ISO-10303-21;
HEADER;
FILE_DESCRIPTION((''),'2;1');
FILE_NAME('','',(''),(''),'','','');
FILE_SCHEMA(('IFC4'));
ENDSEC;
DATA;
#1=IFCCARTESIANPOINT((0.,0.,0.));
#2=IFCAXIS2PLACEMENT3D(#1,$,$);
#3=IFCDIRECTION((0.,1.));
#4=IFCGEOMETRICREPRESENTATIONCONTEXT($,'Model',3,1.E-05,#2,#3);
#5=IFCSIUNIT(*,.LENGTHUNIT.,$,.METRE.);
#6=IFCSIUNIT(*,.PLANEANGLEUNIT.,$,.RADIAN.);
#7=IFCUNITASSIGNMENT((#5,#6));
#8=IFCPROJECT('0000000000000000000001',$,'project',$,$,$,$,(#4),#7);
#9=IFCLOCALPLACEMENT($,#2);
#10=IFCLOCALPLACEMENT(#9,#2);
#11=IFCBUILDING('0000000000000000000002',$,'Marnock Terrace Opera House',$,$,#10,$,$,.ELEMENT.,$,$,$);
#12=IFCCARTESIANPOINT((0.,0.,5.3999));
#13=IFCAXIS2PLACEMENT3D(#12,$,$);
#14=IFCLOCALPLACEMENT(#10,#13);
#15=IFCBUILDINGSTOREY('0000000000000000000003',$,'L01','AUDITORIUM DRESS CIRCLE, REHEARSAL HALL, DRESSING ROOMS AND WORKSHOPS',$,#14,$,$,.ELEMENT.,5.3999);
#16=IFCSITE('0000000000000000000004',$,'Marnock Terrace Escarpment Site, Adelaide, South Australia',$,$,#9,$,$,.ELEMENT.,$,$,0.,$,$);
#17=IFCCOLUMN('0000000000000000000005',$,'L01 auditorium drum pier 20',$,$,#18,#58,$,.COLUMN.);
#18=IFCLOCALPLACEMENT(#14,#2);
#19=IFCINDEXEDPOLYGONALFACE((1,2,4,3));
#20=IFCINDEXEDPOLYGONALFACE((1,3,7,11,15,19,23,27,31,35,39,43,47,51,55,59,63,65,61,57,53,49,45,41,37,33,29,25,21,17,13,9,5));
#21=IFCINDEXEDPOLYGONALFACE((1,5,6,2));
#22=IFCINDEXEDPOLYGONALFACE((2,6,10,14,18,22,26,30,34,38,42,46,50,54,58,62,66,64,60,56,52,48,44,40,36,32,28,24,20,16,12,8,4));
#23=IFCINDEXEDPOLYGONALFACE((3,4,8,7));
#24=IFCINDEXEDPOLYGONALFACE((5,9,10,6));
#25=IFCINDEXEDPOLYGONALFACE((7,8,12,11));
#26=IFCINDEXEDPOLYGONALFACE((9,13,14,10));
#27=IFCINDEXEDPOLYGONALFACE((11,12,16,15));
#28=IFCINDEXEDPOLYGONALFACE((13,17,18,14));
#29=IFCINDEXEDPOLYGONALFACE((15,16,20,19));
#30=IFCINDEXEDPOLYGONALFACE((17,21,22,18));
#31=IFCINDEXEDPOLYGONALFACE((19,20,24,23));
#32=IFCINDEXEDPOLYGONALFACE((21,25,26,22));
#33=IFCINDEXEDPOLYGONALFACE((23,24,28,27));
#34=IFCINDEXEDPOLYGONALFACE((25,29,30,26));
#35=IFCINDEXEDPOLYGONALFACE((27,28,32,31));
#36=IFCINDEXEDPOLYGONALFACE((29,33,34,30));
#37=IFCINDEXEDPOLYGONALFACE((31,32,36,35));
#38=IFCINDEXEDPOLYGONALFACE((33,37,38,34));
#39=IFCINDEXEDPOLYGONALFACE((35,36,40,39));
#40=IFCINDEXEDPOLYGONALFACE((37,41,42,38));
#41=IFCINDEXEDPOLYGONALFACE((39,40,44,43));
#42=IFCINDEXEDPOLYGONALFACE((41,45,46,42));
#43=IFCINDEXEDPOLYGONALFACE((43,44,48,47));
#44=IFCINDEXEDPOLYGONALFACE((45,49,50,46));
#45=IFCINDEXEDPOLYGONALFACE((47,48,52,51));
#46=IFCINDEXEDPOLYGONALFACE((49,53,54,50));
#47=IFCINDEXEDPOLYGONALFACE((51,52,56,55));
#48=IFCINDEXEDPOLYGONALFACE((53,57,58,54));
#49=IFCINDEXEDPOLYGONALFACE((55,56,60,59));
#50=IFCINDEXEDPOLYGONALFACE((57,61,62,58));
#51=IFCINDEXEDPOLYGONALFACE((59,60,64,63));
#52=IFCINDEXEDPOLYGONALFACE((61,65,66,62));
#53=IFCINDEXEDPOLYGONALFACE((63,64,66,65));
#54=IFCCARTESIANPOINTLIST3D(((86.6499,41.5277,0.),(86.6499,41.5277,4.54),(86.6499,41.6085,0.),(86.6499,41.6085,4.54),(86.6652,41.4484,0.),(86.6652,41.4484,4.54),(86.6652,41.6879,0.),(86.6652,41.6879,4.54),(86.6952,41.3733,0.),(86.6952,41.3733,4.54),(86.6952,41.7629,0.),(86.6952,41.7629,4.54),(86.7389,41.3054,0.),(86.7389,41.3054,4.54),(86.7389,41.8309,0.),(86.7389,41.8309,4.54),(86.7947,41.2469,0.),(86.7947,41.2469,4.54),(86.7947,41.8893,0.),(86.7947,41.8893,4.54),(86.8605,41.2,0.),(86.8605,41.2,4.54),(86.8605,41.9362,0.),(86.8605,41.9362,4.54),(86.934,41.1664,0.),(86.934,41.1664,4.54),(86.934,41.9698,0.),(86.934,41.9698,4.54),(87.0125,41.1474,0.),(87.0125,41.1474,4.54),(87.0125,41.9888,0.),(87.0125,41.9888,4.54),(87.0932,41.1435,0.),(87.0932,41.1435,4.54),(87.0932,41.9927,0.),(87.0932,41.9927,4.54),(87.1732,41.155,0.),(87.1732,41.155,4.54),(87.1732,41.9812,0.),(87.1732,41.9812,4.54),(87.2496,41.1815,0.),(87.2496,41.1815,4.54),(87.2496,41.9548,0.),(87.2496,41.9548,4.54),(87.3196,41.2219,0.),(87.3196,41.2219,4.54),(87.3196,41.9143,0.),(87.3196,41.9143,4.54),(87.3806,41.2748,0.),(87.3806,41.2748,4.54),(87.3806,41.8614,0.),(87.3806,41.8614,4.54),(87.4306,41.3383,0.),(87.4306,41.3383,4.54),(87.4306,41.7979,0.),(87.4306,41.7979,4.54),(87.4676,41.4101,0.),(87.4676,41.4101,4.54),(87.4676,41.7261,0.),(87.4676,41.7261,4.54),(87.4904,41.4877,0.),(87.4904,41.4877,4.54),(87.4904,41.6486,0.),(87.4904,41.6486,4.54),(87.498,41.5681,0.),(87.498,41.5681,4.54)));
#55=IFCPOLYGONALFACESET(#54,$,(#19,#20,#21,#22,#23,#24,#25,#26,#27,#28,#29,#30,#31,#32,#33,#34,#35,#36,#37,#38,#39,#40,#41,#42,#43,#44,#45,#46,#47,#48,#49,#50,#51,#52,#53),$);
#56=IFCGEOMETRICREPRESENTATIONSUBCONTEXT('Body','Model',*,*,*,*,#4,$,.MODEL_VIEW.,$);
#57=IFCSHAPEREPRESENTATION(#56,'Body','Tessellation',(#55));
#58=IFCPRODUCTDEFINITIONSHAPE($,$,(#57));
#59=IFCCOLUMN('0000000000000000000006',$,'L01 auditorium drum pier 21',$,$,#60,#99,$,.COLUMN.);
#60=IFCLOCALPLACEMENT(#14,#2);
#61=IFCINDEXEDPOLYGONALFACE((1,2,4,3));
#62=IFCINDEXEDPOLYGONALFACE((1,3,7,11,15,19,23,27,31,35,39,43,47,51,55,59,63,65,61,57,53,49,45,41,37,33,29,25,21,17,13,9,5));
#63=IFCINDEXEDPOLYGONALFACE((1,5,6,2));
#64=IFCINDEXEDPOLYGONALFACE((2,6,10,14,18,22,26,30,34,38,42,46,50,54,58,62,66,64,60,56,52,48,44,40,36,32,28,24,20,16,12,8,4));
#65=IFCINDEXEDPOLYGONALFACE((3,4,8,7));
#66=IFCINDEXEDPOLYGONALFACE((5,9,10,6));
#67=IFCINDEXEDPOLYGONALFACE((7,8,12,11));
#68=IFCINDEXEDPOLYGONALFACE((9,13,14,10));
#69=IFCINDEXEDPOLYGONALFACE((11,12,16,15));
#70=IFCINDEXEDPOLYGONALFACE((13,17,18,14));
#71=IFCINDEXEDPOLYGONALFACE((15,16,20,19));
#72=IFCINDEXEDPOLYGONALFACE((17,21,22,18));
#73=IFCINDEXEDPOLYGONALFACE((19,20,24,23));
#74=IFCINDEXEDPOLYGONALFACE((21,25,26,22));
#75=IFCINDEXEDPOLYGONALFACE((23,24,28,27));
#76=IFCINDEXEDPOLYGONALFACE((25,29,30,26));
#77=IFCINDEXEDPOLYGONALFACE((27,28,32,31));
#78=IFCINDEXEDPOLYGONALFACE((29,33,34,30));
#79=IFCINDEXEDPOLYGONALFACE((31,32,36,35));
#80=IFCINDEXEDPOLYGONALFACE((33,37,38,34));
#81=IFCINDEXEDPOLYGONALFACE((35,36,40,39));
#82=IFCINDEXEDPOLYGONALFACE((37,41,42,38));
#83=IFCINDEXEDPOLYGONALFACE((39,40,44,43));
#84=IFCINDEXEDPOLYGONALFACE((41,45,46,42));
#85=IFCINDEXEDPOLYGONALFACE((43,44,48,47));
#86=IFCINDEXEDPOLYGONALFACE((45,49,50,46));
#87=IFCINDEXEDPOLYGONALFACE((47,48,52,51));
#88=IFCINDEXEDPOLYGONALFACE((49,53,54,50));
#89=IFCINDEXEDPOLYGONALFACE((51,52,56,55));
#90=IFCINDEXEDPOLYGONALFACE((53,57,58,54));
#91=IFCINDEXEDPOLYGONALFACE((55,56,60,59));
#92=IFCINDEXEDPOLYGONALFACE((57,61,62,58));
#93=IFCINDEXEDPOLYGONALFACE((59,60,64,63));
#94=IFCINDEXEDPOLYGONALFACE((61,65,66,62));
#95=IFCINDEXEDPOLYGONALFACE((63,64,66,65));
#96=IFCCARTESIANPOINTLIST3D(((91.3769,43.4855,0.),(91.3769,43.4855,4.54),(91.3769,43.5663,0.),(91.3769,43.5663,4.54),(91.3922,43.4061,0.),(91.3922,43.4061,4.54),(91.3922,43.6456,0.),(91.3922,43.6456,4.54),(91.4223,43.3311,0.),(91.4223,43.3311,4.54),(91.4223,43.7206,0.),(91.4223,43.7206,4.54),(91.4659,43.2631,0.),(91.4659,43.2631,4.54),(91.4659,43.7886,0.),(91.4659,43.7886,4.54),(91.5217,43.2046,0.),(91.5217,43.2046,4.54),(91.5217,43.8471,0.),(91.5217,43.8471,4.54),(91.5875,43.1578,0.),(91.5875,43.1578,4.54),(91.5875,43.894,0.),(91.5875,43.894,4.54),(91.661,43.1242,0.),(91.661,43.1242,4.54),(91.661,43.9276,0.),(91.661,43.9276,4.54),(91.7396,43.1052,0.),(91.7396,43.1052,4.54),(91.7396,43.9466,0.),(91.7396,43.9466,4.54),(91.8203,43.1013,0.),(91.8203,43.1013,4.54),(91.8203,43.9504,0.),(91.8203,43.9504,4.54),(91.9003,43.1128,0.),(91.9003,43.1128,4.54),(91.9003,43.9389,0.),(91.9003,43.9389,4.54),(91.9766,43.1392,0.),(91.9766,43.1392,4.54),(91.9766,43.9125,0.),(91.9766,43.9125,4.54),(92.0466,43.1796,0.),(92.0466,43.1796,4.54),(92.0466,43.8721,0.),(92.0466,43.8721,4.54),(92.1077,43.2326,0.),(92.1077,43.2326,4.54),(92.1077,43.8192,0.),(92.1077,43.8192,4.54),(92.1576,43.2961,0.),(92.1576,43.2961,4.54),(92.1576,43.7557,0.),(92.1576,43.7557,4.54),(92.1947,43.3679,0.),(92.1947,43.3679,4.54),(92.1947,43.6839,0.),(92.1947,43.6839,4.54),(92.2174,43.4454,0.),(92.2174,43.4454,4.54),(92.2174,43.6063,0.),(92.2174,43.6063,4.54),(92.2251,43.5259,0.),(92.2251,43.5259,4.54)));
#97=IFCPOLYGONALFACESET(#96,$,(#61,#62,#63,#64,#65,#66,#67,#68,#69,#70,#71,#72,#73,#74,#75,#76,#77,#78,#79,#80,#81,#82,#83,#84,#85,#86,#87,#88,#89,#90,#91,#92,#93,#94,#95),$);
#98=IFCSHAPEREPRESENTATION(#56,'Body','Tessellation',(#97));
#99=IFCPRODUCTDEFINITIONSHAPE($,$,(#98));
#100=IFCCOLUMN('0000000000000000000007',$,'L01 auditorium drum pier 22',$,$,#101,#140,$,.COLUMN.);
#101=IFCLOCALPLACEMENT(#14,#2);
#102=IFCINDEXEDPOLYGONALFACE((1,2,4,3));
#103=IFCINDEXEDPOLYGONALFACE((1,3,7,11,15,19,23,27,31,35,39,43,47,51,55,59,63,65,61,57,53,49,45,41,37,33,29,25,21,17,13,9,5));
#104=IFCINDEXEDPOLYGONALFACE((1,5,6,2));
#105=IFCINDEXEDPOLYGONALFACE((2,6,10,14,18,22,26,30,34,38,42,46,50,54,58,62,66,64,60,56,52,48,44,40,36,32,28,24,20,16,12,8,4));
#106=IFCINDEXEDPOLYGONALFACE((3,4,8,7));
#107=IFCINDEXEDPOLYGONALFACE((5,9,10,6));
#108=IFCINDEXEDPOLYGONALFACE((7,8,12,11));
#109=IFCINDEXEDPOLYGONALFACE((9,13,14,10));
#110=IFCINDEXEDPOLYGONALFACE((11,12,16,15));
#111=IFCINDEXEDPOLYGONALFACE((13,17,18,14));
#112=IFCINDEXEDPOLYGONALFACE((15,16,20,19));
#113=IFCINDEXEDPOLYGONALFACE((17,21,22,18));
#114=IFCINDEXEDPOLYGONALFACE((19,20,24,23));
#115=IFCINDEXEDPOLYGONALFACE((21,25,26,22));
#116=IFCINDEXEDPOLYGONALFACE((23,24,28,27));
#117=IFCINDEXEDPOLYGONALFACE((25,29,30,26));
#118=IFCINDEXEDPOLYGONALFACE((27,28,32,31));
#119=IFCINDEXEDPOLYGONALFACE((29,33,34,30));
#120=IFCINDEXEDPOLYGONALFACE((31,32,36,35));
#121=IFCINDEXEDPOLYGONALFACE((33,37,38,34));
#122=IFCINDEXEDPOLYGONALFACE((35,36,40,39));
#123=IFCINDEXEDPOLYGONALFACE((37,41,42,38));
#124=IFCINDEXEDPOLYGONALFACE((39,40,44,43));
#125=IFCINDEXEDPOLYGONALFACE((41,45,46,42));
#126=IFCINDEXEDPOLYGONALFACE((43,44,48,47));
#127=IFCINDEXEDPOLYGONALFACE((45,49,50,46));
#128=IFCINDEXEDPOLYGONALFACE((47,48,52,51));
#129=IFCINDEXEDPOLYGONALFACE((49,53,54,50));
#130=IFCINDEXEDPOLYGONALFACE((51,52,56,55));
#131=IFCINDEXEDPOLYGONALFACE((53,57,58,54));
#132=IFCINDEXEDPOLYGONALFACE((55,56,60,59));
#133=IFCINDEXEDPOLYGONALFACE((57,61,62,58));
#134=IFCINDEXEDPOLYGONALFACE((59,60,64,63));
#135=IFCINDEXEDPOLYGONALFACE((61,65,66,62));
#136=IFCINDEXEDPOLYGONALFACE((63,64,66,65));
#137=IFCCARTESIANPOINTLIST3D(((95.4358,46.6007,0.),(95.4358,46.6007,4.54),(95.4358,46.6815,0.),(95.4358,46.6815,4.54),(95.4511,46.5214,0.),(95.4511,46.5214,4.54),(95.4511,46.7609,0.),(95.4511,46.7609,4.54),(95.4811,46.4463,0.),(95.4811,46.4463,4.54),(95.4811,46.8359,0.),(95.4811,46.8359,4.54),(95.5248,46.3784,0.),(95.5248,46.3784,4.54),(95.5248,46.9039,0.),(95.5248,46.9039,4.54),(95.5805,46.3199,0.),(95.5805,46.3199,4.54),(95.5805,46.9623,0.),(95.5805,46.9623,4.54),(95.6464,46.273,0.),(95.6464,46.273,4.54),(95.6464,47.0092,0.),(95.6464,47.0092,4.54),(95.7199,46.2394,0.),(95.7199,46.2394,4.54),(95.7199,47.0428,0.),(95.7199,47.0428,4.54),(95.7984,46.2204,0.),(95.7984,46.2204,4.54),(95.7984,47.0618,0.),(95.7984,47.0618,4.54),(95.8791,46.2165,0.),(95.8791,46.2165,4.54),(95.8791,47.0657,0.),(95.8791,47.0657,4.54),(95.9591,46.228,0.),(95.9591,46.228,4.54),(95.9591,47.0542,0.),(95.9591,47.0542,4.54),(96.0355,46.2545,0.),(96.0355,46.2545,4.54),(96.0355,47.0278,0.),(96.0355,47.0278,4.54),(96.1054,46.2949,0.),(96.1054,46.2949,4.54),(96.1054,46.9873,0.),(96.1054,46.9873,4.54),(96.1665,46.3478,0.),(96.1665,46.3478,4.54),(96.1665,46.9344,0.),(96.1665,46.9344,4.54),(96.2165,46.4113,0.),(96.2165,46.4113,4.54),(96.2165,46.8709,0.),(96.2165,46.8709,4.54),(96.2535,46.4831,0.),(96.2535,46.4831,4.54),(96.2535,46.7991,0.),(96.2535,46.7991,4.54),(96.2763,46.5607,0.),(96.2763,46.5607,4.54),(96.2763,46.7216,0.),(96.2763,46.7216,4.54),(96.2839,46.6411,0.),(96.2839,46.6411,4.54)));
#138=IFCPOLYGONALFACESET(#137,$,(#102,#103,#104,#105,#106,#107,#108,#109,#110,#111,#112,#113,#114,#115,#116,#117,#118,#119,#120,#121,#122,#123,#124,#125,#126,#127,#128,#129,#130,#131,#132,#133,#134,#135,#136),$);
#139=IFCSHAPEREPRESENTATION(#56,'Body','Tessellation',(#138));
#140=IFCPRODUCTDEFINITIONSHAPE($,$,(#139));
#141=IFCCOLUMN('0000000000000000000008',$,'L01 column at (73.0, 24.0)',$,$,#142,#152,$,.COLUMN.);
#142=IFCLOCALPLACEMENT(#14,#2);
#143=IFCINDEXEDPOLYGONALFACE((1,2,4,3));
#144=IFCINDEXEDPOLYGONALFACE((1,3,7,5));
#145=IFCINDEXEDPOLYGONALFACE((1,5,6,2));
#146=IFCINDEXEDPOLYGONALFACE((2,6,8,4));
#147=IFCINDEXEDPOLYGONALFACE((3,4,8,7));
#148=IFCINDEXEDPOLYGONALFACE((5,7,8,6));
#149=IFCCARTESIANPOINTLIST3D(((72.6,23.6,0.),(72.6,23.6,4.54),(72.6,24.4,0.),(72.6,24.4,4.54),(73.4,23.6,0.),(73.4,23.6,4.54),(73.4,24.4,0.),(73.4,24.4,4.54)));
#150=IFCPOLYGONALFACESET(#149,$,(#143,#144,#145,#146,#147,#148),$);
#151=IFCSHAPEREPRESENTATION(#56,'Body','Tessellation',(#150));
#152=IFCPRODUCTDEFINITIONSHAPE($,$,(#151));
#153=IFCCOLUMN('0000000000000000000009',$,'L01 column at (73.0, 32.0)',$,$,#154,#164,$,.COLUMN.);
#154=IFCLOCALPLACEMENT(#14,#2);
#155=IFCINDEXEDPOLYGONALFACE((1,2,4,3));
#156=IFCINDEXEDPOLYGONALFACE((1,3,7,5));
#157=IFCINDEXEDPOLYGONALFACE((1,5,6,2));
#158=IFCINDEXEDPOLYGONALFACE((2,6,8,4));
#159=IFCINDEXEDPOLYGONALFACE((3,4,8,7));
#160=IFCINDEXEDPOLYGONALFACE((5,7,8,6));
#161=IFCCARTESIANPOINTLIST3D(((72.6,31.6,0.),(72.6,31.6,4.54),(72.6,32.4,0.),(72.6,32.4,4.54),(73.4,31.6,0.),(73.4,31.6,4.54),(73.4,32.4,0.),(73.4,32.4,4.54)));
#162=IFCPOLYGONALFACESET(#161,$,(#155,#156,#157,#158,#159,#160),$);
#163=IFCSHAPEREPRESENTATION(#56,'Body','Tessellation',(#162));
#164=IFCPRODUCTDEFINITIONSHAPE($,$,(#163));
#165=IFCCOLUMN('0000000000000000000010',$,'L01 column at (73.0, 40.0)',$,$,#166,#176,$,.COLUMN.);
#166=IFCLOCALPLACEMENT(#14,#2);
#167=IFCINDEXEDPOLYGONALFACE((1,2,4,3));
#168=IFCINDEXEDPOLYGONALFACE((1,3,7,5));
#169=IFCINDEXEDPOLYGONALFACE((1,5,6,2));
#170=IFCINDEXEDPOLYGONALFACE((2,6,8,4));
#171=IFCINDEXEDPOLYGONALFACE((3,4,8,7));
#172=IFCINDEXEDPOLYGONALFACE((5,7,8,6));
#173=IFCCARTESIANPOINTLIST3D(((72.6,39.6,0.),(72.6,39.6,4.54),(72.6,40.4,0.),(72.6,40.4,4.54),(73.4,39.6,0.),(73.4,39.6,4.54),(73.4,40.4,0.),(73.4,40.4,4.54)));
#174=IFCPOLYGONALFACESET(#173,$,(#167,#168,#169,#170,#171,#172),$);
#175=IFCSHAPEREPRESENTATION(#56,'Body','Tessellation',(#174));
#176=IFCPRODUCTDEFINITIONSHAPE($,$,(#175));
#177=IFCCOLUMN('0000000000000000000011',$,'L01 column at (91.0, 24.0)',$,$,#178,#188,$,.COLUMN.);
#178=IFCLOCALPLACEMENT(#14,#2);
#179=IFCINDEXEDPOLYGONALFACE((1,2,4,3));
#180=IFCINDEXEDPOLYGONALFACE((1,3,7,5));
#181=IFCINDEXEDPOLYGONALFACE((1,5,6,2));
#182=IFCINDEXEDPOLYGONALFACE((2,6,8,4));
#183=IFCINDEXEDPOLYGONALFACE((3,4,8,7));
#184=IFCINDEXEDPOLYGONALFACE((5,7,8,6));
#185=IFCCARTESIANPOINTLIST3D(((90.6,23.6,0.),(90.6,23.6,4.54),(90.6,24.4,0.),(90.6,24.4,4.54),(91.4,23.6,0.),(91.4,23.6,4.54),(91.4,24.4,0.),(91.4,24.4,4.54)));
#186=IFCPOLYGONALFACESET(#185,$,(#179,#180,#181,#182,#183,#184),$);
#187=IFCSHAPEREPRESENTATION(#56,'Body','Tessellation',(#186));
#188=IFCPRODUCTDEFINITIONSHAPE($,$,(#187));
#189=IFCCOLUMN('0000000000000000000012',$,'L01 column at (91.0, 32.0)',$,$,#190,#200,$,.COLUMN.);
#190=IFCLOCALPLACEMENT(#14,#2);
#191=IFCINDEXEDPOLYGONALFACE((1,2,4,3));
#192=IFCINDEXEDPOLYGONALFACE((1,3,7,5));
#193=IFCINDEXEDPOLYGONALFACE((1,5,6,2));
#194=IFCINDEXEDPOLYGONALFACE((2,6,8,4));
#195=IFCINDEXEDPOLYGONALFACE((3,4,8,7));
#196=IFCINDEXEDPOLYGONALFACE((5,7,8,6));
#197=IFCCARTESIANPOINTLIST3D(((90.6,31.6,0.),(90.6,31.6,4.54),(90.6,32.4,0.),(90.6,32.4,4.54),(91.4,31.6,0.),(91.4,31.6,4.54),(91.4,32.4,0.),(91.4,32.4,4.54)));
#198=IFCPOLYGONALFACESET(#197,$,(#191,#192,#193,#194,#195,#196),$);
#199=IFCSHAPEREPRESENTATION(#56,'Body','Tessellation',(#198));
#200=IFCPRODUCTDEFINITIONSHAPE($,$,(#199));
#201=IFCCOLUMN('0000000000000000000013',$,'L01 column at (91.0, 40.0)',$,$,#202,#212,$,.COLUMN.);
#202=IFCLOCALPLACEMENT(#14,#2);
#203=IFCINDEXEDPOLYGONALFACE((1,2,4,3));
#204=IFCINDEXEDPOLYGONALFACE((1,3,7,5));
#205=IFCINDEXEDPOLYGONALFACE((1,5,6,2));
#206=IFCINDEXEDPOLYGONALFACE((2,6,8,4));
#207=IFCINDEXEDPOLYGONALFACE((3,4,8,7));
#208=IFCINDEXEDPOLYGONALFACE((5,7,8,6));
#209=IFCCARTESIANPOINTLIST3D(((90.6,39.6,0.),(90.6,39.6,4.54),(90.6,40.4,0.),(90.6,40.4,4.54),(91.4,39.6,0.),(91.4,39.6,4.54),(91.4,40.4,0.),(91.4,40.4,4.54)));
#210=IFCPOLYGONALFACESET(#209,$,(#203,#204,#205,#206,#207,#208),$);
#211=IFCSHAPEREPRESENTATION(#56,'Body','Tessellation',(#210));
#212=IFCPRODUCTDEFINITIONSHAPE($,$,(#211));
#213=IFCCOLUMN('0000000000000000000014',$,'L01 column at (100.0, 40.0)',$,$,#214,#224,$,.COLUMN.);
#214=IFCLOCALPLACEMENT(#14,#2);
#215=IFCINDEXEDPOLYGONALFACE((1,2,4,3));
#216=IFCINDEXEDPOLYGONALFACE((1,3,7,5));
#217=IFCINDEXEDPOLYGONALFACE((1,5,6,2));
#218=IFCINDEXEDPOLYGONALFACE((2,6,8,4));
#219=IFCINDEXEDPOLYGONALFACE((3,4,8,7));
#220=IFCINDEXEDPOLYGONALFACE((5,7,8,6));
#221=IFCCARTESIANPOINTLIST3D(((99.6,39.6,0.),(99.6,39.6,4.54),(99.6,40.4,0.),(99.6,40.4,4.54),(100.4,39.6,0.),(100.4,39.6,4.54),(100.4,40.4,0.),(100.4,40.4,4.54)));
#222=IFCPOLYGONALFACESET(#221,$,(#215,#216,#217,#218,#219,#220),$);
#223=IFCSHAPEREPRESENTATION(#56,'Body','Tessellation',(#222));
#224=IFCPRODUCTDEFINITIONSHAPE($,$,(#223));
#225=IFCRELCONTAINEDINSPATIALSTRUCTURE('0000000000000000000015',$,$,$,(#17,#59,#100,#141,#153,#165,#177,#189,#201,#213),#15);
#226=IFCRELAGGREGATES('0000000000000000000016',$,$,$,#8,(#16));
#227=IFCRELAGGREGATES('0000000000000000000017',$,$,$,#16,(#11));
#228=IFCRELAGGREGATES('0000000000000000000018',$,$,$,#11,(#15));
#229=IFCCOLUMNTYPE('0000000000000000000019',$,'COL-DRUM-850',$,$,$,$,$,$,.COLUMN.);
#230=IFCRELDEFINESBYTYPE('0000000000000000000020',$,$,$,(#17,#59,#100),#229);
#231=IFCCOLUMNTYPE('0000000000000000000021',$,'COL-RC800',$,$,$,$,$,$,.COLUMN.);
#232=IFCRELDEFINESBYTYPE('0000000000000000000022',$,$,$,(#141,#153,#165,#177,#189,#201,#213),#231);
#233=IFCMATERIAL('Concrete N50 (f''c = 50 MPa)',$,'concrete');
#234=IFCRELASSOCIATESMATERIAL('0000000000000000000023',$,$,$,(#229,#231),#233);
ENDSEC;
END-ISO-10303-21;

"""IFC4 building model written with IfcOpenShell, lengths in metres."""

from ifc_helpers import new_model, si_unit, direction, frame, origin, origin_2d, place, context, subcontext, project, spatial, rectangle, circle, extrude, material, material_profile, profile_set, type_object, element, save


model = new_model("IFC4")

# Units and contexts
model_context = context("Model", 3, precision=1e-05, world=origin(), true_north=direction((0.0, 1.0)))
body_context = subcontext(model_context, "Body", "Model", "MODEL_VIEW")
ifc_project = project(units=[si_unit("LENGTHUNIT", "METRE"), si_unit("PLANEANGLEUNIT", "RADIAN")], contexts=[model_context])

# Site, building, storey
site_placement = place(None, origin())
site = spatial("IfcSite", under=ifc_project, at=site_placement, Name="Marnock Terrace Escarpment Site, Adelaide, South Australia", CompositionType="ELEMENT", RefElevation=0.0)
building_placement = place(site_placement, origin())
building = spatial("IfcBuilding", under=site, at=building_placement, Name="Marnock Terrace Opera House", CompositionType="ELEMENT")
storey_placement = place(building_placement, frame((0.0, 0.0, 5.3999)))
storey = spatial("IfcBuildingStorey", under=building, at=storey_placement, Name="L01", Description="AUDITORIUM DRESS CIRCLE, REHEARSAL HALL, DRESSING ROOMS AND WORKSHOPS", CompositionType="ELEMENT", Elevation=5.3999)

# Columns
ifc_material_1 = material(Name="Concrete N50 (f'c = 50 MPa)", Category="concrete")
ifc_material_profile_1 = material_profile(ifc_material_1, circle(Radius=0.425, at=origin_2d()))
ifc_profile_set_1 = profile_set([ifc_material_profile_1], Name="Concrete N50 (f'c = 50 MPa)")
column_type_1 = type_object("IfcColumnType", Name="COL-DRUM-850", PredefinedType="COLUMN", material=ifc_profile_set_1)
for number, where, z_axis, x_axis, name in (
    (1, (87.073, 41.5681, 0.0), (0.0, 0.0, 1.0), (1.0, 0.0, 0.0), "L01 auditorium drum pier 20"),
    (2, (91.8, 43.5259, 0.0), (0.0, 0.0, 1.0), (1.0, 0.0, 0.0), "L01 auditorium drum pier 21"),
    (3, (95.8589, 46.6411, 0.0), (0.0, 0.0, 1.0), (1.0, 0.0, 0.0), "L01 auditorium drum pier 22"),
):
    element("IfcColumn", number, at=place(storey_placement, frame(where, z_axis=z_axis, x_axis=x_axis)), inside=storey, type_object=column_type_1, Name=name, PredefinedType="COLUMN", context=body_context, shape_type="SweptSolid", body=[
        extrude(circle(Radius=0.425, at=origin_2d()), origin(), (0.0, 0.0, 1.0), 4.54),
    ])
ifc_material_profile_2 = material_profile(ifc_material_1, rectangle(XDim=0.8, YDim=0.8, at=origin_2d()))
ifc_profile_set_2 = profile_set([ifc_material_profile_2], Name="Concrete N50 (f'c = 50 MPa)")
column_type_2 = type_object("IfcColumnType", Name="COL-RC800", PredefinedType="COLUMN", material=ifc_profile_set_2)
for number, where, z_axis, x_axis, name in (
    (4, (73.0, 24.0, 0.0), (0.0, 0.0, 1.0), (1.0, 0.0, 0.0), "L01 column at (73.0, 24.0)"),
    (5, (73.0, 32.0, 0.0), (0.0, 0.0, 1.0), (1.0, 0.0, 0.0), "L01 column at (73.0, 32.0)"),
    (6, (73.0, 40.0, 0.0), (0.0, 0.0, 1.0), (1.0, 0.0, 0.0), "L01 column at (73.0, 40.0)"),
    (7, (91.0, 24.0, 0.0), (0.0, 0.0, 1.0), (1.0, 0.0, 0.0), "L01 column at (91.0, 24.0)"),
    (8, (91.0, 32.0, 0.0), (0.0, 0.0, 1.0), (1.0, 0.0, 0.0), "L01 column at (91.0, 32.0)"),
    (9, (91.0, 40.0, 0.0), (0.0, 0.0, 1.0), (1.0, 0.0, 0.0), "L01 column at (91.0, 40.0)"),
    (10, (100.0, 40.0, 0.0), (0.0, 0.0, 1.0), (1.0, 0.0, 0.0), "L01 column at (100.0, 40.0)"),
):
    element("IfcColumn", number, at=place(storey_placement, frame(where, z_axis=z_axis, x_axis=x_axis)), inside=storey, type_object=column_type_2, Name=name, PredefinedType="COLUMN", context=body_context, shape_type="SweptSolid", body=[
        extrude(rectangle(XDim=0.8, YDim=0.8, at=origin_2d()), origin(), (0.0, 0.0, 1.0), 4.54),
    ])

save(model, "model.ifc")
